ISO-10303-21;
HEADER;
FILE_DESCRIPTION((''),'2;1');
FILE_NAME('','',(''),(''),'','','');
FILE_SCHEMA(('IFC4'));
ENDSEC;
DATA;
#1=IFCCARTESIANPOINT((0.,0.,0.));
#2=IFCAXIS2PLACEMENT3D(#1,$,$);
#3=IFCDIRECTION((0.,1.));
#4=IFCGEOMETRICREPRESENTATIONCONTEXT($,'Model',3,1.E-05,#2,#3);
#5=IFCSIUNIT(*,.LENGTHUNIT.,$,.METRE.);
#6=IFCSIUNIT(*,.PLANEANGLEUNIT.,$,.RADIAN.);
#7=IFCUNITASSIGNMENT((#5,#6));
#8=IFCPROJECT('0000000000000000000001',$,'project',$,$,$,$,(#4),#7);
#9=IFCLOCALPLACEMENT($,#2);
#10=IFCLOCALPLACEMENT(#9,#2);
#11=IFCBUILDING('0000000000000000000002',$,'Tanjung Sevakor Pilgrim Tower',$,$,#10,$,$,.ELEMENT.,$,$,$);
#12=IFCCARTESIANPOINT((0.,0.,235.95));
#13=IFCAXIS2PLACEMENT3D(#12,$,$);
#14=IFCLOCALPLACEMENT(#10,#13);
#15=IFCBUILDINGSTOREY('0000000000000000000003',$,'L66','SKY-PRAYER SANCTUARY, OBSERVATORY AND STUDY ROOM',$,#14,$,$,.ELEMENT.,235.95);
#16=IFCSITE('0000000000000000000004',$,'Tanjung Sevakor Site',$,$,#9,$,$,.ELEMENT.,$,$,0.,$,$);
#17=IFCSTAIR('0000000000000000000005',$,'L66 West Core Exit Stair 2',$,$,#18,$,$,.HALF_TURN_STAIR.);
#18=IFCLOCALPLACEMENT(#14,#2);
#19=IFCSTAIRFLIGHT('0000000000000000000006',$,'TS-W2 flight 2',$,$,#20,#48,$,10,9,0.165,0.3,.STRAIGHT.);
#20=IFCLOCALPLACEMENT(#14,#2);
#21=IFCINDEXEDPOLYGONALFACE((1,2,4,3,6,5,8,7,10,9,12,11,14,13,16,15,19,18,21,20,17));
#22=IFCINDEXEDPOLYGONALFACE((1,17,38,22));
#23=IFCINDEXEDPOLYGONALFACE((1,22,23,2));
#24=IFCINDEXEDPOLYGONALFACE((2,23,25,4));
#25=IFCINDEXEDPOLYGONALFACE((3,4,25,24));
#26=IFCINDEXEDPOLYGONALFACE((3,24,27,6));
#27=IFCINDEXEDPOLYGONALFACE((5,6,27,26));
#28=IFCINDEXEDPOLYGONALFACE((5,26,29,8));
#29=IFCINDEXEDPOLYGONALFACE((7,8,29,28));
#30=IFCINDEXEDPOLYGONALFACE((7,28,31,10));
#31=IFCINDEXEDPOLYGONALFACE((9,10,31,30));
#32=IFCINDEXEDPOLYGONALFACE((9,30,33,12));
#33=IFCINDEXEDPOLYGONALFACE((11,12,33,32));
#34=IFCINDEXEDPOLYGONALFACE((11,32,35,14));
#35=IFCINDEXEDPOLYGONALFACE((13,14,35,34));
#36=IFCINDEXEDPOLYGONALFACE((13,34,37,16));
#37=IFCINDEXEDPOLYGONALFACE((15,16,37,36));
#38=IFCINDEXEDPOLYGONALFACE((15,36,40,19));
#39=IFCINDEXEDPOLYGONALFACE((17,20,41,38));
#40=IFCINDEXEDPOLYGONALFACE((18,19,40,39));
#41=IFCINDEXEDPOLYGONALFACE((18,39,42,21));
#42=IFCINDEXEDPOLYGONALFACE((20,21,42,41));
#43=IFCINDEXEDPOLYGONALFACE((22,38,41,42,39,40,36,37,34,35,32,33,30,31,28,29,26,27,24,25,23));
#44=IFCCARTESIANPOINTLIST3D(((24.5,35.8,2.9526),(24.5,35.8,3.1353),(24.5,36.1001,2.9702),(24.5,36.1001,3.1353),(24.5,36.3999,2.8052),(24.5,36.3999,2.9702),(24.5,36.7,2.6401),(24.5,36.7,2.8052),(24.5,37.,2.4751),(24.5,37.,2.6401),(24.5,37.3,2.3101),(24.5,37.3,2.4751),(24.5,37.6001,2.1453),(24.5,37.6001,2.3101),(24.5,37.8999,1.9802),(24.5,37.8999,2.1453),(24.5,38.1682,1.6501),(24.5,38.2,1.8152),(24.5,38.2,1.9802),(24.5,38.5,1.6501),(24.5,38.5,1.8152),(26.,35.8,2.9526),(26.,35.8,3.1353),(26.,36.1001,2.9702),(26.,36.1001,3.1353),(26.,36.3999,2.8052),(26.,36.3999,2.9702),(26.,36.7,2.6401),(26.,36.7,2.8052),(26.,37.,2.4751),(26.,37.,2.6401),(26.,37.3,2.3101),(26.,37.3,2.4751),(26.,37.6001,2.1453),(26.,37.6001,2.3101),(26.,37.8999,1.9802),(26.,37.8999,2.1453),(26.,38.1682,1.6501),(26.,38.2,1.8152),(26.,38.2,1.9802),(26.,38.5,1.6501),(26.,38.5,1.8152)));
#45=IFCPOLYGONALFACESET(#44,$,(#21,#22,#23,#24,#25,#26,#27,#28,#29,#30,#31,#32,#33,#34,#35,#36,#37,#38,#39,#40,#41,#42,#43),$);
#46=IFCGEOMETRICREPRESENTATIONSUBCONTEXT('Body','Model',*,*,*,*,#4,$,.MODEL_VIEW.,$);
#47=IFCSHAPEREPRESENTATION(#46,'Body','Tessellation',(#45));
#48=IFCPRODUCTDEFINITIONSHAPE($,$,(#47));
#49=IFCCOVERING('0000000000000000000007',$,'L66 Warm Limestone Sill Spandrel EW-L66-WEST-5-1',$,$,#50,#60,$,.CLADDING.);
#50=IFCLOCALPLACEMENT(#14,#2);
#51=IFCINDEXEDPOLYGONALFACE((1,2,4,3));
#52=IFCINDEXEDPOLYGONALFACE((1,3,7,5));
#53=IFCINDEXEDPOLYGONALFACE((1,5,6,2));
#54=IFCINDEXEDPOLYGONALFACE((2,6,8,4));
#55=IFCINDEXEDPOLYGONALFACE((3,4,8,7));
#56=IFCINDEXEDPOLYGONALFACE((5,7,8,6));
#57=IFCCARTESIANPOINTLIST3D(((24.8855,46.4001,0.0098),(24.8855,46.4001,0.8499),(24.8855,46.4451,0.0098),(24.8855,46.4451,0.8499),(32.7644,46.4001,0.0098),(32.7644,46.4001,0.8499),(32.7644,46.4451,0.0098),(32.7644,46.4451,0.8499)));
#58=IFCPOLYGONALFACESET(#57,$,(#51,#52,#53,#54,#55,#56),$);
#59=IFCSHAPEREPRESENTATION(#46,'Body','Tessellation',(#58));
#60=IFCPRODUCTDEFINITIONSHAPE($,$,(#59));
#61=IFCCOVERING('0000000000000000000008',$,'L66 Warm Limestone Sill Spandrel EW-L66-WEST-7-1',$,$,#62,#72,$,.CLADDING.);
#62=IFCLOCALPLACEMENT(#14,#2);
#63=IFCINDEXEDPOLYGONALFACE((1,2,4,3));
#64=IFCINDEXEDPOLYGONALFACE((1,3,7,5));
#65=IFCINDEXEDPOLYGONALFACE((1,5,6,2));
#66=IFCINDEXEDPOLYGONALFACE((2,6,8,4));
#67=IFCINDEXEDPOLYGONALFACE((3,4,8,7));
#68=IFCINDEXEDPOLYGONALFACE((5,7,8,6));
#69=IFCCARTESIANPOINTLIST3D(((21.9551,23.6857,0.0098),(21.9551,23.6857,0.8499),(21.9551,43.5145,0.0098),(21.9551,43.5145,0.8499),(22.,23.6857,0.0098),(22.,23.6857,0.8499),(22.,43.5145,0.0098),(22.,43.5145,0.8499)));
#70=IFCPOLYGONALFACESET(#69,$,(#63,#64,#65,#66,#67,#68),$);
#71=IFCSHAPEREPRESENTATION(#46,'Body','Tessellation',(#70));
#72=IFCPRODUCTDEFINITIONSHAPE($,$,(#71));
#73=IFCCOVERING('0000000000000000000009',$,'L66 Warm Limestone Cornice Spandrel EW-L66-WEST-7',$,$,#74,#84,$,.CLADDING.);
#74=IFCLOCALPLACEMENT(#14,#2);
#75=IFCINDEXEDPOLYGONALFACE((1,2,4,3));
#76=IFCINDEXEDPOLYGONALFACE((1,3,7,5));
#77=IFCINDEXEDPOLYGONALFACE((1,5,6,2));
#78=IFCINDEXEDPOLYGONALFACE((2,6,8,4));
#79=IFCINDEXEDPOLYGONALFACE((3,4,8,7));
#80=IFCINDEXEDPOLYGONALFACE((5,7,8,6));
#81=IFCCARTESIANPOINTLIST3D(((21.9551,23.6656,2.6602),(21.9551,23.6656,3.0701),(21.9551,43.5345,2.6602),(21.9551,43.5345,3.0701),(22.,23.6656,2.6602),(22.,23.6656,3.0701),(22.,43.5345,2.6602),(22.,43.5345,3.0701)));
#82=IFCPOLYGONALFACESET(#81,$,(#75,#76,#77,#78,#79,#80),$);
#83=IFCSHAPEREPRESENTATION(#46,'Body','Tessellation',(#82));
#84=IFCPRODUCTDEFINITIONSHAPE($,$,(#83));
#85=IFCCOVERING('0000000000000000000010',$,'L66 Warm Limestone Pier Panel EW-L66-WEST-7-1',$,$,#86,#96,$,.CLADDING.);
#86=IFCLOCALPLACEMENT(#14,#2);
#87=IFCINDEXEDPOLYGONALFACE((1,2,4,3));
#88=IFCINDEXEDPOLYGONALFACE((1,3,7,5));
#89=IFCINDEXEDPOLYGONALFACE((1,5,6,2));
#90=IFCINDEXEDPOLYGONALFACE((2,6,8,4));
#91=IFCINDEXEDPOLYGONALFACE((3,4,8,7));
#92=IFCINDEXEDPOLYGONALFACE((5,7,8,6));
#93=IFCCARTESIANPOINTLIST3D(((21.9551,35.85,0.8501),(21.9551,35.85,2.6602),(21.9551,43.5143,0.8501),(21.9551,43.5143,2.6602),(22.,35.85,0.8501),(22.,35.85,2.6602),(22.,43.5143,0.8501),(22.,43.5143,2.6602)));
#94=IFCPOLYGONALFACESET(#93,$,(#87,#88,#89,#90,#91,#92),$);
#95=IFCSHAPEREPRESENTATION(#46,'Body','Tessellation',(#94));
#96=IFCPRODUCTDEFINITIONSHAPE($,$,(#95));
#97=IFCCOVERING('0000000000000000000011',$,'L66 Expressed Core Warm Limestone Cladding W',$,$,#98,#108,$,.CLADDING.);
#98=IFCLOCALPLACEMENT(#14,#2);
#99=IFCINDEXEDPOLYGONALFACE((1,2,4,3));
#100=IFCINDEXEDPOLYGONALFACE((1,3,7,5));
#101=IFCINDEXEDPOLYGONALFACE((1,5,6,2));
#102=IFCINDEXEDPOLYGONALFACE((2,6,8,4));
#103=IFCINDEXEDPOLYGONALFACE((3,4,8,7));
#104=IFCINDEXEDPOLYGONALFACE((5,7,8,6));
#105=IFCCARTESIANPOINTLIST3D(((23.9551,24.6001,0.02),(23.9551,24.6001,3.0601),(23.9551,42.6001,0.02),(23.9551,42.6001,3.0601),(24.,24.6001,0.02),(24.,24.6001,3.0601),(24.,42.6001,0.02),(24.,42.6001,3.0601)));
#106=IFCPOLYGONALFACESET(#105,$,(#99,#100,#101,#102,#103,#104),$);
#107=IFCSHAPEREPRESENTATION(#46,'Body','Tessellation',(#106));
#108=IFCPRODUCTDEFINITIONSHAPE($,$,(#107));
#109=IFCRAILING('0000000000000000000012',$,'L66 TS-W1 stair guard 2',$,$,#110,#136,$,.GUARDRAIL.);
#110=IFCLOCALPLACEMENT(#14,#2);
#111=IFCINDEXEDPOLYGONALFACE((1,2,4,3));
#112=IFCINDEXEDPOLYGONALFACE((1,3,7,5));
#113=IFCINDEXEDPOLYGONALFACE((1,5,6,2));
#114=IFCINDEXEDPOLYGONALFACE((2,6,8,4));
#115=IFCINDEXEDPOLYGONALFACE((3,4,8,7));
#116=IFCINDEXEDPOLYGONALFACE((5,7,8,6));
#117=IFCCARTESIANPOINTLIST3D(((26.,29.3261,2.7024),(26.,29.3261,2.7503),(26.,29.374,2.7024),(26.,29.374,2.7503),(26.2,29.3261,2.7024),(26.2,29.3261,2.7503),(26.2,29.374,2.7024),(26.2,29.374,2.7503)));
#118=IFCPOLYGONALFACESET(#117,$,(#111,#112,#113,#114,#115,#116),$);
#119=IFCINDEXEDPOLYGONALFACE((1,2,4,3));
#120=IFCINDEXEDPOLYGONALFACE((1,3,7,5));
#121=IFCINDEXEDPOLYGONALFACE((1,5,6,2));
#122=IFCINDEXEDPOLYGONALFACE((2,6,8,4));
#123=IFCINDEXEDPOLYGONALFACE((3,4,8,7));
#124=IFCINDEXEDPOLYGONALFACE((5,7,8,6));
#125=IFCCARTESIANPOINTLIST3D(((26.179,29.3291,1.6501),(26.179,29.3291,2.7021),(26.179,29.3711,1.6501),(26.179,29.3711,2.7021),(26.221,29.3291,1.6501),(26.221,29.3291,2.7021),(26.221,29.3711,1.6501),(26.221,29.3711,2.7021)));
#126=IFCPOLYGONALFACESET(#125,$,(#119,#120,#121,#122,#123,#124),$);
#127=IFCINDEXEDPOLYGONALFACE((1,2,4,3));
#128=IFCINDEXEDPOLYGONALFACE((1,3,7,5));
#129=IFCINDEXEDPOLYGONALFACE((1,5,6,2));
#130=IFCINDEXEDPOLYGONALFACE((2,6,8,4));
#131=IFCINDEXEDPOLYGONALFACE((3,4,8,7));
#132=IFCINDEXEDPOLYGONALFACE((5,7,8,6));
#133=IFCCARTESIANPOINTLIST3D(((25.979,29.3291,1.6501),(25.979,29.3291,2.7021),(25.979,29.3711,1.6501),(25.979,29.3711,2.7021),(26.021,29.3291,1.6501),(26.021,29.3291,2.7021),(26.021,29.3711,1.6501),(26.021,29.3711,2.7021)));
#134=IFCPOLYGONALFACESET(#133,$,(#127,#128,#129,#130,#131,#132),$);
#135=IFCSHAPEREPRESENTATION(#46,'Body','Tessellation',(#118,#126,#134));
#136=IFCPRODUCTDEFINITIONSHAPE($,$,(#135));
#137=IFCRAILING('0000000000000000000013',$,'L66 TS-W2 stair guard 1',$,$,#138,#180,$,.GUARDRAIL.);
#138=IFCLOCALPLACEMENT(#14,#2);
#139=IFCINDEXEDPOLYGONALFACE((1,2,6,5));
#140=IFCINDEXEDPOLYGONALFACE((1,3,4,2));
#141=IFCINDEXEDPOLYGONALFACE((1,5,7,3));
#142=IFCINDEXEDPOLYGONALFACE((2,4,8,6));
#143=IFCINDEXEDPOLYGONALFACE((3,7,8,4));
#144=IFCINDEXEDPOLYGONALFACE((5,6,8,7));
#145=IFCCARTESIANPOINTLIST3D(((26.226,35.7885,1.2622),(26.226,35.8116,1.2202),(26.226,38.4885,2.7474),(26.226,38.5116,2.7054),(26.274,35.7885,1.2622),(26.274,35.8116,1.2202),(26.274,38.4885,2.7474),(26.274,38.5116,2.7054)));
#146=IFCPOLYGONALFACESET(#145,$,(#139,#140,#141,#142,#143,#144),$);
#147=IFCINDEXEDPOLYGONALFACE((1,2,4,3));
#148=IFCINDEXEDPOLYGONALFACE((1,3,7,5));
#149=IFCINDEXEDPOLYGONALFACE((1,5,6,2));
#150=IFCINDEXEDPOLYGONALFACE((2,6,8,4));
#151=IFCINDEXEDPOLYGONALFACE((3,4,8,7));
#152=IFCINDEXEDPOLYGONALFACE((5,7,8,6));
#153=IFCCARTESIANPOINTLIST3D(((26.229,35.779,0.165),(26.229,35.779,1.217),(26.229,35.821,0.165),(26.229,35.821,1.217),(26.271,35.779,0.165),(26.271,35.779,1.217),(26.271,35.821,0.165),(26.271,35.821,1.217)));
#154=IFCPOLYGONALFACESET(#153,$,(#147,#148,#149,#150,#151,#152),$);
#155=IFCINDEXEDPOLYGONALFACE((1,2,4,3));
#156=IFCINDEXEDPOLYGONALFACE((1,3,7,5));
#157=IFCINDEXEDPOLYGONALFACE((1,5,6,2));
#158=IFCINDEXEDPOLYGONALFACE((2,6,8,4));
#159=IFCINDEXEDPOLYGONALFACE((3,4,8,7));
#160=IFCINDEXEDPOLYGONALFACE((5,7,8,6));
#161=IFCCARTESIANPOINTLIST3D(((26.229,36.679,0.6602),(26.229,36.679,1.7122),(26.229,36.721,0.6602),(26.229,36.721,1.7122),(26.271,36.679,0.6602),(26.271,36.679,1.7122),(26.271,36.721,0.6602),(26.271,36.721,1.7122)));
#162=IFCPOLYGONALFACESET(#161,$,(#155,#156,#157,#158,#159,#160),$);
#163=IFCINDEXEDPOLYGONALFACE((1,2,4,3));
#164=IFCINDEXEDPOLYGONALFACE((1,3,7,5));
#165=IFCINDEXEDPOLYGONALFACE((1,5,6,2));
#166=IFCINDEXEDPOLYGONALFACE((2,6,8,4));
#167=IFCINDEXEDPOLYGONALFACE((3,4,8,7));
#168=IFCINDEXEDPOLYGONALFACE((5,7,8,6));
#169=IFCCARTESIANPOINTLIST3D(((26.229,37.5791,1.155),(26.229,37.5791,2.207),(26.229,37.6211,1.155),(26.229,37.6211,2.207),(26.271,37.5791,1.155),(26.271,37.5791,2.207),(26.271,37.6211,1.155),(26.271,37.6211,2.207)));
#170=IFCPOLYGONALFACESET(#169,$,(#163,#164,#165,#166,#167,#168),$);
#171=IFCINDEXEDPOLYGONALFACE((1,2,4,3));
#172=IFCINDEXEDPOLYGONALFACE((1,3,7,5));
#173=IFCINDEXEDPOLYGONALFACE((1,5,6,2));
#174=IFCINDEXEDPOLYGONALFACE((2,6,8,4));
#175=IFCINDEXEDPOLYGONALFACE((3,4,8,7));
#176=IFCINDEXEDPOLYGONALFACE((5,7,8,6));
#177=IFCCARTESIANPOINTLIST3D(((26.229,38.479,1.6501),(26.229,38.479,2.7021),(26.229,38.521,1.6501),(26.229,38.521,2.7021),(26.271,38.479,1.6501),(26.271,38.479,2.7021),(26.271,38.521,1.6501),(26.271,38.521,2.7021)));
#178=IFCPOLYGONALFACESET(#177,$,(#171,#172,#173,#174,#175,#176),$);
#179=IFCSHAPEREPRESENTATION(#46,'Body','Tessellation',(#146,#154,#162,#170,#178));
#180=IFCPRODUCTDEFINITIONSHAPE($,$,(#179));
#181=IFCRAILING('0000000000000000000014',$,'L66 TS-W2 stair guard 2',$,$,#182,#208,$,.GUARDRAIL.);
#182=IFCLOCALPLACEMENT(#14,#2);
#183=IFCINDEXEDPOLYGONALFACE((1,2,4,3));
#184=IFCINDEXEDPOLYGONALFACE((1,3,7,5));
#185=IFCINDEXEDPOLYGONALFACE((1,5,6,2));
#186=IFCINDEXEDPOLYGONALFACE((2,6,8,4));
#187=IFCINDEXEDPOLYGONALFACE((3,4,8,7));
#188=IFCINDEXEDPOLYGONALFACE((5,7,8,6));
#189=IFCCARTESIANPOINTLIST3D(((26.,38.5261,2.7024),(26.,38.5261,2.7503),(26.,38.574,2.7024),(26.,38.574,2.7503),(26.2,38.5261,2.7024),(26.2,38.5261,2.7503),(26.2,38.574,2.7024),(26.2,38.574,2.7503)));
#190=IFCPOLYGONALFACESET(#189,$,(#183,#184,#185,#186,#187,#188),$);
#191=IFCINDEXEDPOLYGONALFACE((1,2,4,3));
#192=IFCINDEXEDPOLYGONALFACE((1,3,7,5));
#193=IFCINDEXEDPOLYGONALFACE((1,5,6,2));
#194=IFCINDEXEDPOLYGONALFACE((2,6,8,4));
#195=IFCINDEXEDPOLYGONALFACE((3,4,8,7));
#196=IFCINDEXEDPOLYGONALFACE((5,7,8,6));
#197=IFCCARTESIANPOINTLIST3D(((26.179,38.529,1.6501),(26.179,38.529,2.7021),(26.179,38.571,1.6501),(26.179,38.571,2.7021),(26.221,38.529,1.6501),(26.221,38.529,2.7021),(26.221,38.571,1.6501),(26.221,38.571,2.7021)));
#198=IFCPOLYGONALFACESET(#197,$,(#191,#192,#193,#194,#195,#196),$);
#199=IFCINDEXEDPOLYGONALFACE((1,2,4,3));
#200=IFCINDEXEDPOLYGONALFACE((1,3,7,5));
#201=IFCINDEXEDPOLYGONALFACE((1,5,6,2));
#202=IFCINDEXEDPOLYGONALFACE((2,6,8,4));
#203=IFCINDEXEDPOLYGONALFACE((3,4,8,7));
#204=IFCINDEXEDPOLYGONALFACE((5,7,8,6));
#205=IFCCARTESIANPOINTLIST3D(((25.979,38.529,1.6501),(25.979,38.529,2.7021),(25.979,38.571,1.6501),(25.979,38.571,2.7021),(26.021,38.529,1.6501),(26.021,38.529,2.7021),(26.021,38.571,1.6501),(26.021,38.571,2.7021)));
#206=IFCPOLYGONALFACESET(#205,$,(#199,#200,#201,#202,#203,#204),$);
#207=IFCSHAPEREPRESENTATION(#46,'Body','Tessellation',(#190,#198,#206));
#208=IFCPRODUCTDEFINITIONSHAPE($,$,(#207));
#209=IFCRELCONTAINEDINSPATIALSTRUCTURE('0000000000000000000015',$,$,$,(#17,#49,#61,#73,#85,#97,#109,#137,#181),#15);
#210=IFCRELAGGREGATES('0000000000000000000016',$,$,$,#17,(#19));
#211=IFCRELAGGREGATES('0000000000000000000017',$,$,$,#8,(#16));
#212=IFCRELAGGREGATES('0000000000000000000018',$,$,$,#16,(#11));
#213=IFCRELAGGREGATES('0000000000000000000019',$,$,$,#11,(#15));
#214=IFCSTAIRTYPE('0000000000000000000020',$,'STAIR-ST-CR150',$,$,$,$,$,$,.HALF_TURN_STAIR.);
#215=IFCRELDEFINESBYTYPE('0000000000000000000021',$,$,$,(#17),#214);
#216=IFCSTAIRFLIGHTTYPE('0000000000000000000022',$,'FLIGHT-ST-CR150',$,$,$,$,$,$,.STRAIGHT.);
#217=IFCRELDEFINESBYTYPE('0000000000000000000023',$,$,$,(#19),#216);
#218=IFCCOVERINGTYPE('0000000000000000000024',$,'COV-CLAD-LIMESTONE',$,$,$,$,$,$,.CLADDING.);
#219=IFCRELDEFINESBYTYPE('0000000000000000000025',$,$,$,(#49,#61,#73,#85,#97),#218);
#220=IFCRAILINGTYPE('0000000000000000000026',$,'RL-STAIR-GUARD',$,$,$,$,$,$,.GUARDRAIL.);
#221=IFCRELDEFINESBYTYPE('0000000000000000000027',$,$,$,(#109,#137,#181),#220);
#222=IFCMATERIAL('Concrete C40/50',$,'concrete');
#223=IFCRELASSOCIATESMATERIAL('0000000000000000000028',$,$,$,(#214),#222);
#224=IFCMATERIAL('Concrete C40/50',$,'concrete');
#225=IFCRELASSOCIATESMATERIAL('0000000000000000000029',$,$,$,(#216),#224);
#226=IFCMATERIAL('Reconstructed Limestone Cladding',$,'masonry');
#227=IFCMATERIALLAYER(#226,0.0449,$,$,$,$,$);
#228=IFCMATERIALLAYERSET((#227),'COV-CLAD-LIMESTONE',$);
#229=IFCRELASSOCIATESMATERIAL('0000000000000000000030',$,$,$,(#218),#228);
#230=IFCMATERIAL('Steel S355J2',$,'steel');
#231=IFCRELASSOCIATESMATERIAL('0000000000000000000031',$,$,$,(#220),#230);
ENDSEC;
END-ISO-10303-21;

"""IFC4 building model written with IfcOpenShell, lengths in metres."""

from ifc_helpers import new_model, si_unit, direction, frame, origin, origin_2d, place, context, subcontext, project, spatial, polyline, rectangle, outline, extrude, material, layer, layer_set, type_object, element, aggregate, save


model = new_model("IFC4")

# Units and contexts
model_context = context("Model", 3, precision=1e-05, world=origin(), true_north=direction((0.0, 1.0)))
body_context = subcontext(model_context, "Body", "Model", "MODEL_VIEW")
ifc_project = project(units=[si_unit("LENGTHUNIT", "METRE"), si_unit("PLANEANGLEUNIT", "RADIAN")], contexts=[model_context])

# Site, building, storey
site_placement = place(None, origin())
site = spatial("IfcSite", under=ifc_project, at=site_placement, Name="Tanjung Sevakor Site", CompositionType="ELEMENT", RefElevation=0.0)
building_placement = place(site_placement, origin())
building = spatial("IfcBuilding", under=site, at=building_placement, Name="Tanjung Sevakor Pilgrim Tower", CompositionType="ELEMENT")
storey_placement = place(building_placement, frame((0.0, 0.0, 235.95)))
storey = spatial("IfcBuildingStorey", under=building, at=storey_placement, Name="L66", Description="SKY-PRAYER SANCTUARY, OBSERVATORY AND STUDY ROOM", CompositionType="ELEMENT", Elevation=235.95)

# Stair, stair flight
ifc_material_1 = material(Name="Concrete C40/50", Category="concrete")
stair_type = type_object("IfcStairType", Name="STAIR-ST-CR150", PredefinedType="HALF_TURN_STAIR", material=ifc_material_1)
stair_placement = place(storey_placement, origin())
stair = element("IfcStair", 1, at=stair_placement, inside=storey, type_object=stair_type, Name="L66 West Core Exit Stair 2", PredefinedType="HALF_TURN_STAIR")
ifc_material_2 = material(Name="Concrete C40/50", Category="concrete")
stair_flight_type = type_object("IfcStairFlightType", Name="FLIGHT-ST-CR150", PredefinedType="STRAIGHT", material=ifc_material_2)
stair_flight_1_placement = place(storey_placement, frame((25.25, 38.5, 1.6501), z_axis=(0.0, 0.0, 1.0), x_axis=(0.0, -1.0, 0.0)))
stair_flight_1 = element("IfcStairFlight", 2, at=stair_flight_1_placement, type_object=stair_flight_type, Name="TS-W2 flight 2", NumberOfRisers=10, NumberOfTreads=9, PredefinedType="STRAIGHT", RiserHeight=0.165, TreadLength=0.3, context=body_context, shape_type="SweptSolid", body=[
    extrude(outline(polyline([(0.0, 0.0), (0.0, 0.165), (0.3, 0.165), (0.3, 0.3301), (0.6001, 0.3301), (0.6001, 0.4951), (0.8999, 0.4951), (0.8999, 0.6599), (1.2, 0.6599), (1.2, 0.825), (1.5, 0.825), (1.5, 0.99), (1.8, 0.99), (1.8, 1.155), (2.1001, 1.155), (2.1001, 1.3201), (2.3999, 1.3201), (2.3999, 1.4851), (2.7, 1.4851), (2.7, 1.6499), (2.7, 1.3025), (0.3318, 0.0), (0.0, 0.0)])), frame((0.0, 0.75, 0.0), z_axis=(0.0, -1.0, 0.0), x_axis=(1.0, 0.0, 0.0)), (0.0, 0.0, 1.0), 1.5),
])
aggregate(stair, [stair_flight_1])

# Coverings
ifc_material_3 = material(Name="Reconstructed Limestone Cladding", Category="masonry")
ifc_layer_1 = layer(ifc_material_3, 0.0449)
ifc_layer_set_1 = layer_set([ifc_layer_1], Name="COV-CLAD-LIMESTONE")
covering_type = type_object("IfcCoveringType", Name="COV-CLAD-LIMESTONE", PredefinedType="CLADDING", material=ifc_layer_set_1)
covering_1_placement = place(storey_placement, frame((28.825, 46.4226, 0.0098), z_axis=(0.0, 0.0, 1.0), x_axis=(-1.0, 0.0, 0.0)))
element("IfcCovering", 3, at=covering_1_placement, inside=storey, type_object=covering_type, Name="L66 Warm Limestone Sill Spandrel EW-L66-WEST-5-1", PredefinedType="CLADDING", context=body_context, shape_type="SweptSolid", body=[
    extrude(rectangle(XDim=7.8789, YDim=0.0449, at=origin_2d()), origin(), (0.0, 0.0, 1.0), 0.8401),
])
covering_2_placement = place(storey_placement, frame((21.9775, 33.6001, 0.0098), z_axis=(0.0, 0.0, 1.0), x_axis=(0.0, -1.0, 0.0)))
element("IfcCovering", 4, at=covering_2_placement, inside=storey, type_object=covering_type, Name="L66 Warm Limestone Sill Spandrel EW-L66-WEST-7-1", PredefinedType="CLADDING", context=body_context, shape_type="SweptSolid", body=[
    extrude(rectangle(XDim=19.8289, YDim=0.0449, at=origin_2d()), origin(), (0.0, 0.0, 1.0), 0.8401),
])
covering_3_placement = place(storey_placement, frame((21.9775, 33.6001, 2.6602), z_axis=(0.0, 0.0, 1.0), x_axis=(0.0, -1.0, 0.0)))
element("IfcCovering", 5, at=covering_3_placement, inside=storey, type_object=covering_type, Name="L66 Warm Limestone Cornice Spandrel EW-L66-WEST-7", PredefinedType="CLADDING", context=body_context, shape_type="SweptSolid", body=[
    extrude(rectangle(XDim=19.8689, YDim=0.0449, at=origin_2d()), origin(), (0.0, 0.0, 1.0), 0.4099),
])
covering_4_placement = place(storey_placement, frame((21.9775, 39.6821, 0.8501), z_axis=(0.0, 0.0, 1.0), x_axis=(0.0, -1.0, 0.0)))
element("IfcCovering", 6, at=covering_4_placement, inside=storey, type_object=covering_type, Name="L66 Warm Limestone Pier Panel EW-L66-WEST-7-1", PredefinedType="CLADDING", context=body_context, shape_type="SweptSolid", body=[
    extrude(rectangle(XDim=7.6643, YDim=0.0449, at=origin_2d()), origin(), (0.0, 0.0, 1.0), 1.8101),
])
covering_5_placement = place(storey_placement, frame((23.9775, 33.6001, 0.02), z_axis=(0.0, 0.0, 1.0), x_axis=(1.0, 0.0, 0.0)))
element("IfcCovering", 7, at=covering_5_placement, inside=storey, type_object=covering_type, Name="L66 Expressed Core Warm Limestone Cladding W", PredefinedType="CLADDING", context=body_context, shape_type="SweptSolid", body=[
    extrude(rectangle(XDim=0.0449, YDim=18.0, at=origin_2d()), origin(), (0.0, 0.0, 1.0), 3.04),
])

# Railings
ifc_material_4 = material(Name="Steel S355J2", Category="steel")
railing_type_1 = type_object("IfcRailingType", Name="RL-STAIR-GUARD", PredefinedType="GUARDRAIL", material=ifc_material_4)
railing_1_placement = place(storey_placement, frame((26.2, 29.3501, 1.6501)))
element("IfcRailing", 8, at=railing_1_placement, inside=storey, type_object=railing_type_1, Name="L66 TS-W1 stair guard 2", PredefinedType="GUARDRAIL", context=body_context, shape_type="SweptSolid", body=[
    extrude(rectangle(XDim=0.0479, YDim=0.0479), frame((0.0, 0.0, 1.0762), z_axis=(-1.0, 0.0, 0.0), x_axis=(0.0, -1.0, 0.0)), (0.0, 0.0, 1.0), 0.2),
    extrude(rectangle(XDim=0.042, YDim=0.042), origin(), (0.0, 0.0, 1.0), 1.052),
    extrude(rectangle(XDim=0.042, YDim=0.042), frame((-0.2, 0.0, 0.0)), (0.0, 0.0, 1.0), 1.052),
])
railing_2_placement = place(storey_placement, frame((26.25, 35.8, 0.165)))
element("IfcRailing", 9, at=railing_2_placement, inside=storey, type_object=railing_type_1, Name="L66 TS-W2 stair guard 1", PredefinedType="GUARDRAIL", context=body_context, shape_type="SweptSolid", body=[
    extrude(rectangle(XDim=0.0479, YDim=0.0479), frame((0.0, 0.0, 1.0762), z_axis=(0.0, 0.876198, 0.481952), x_axis=(-1.0, 0.0, 0.0)), (0.0, 0.0, 1.0), 3.0815),
    extrude(rectangle(XDim=0.042, YDim=0.042), origin(), (0.0, 0.0, 1.0), 1.052),
    extrude(rectangle(XDim=0.042, YDim=0.042), frame((0.0, 0.8999, 0.4951)), (0.0, 0.0, 1.0), 1.052),
    extrude(rectangle(XDim=0.042, YDim=0.042), frame((0.0, 1.8, 0.99)), (0.0, 0.0, 1.0), 1.052),
    extrude(rectangle(XDim=0.042, YDim=0.042), frame((0.0, 2.7, 1.4851)), (0.0, 0.0, 1.0), 1.052),
])
railing_3_placement = place(storey_placement, frame((26.2, 38.55, 1.6501)))
element("IfcRailing", 10, at=railing_3_placement, inside=storey, type_object=railing_type_1, Name="L66 TS-W2 stair guard 2", PredefinedType="GUARDRAIL", context=body_context, shape_type="SweptSolid", body=[
    extrude(rectangle(XDim=0.0479, YDim=0.0479), frame((0.0, 0.0, 1.0762), z_axis=(-1.0, 0.0, 0.0), x_axis=(0.0, -1.0, 0.0)), (0.0, 0.0, 1.0), 0.2),
    extrude(rectangle(XDim=0.042, YDim=0.042), origin(), (0.0, 0.0, 1.0), 1.052),
    extrude(rectangle(XDim=0.042, YDim=0.042), frame((-0.2, 0.0, 0.0)), (0.0, 0.0, 1.0), 1.052),
])

save(model, "model.ifc")
